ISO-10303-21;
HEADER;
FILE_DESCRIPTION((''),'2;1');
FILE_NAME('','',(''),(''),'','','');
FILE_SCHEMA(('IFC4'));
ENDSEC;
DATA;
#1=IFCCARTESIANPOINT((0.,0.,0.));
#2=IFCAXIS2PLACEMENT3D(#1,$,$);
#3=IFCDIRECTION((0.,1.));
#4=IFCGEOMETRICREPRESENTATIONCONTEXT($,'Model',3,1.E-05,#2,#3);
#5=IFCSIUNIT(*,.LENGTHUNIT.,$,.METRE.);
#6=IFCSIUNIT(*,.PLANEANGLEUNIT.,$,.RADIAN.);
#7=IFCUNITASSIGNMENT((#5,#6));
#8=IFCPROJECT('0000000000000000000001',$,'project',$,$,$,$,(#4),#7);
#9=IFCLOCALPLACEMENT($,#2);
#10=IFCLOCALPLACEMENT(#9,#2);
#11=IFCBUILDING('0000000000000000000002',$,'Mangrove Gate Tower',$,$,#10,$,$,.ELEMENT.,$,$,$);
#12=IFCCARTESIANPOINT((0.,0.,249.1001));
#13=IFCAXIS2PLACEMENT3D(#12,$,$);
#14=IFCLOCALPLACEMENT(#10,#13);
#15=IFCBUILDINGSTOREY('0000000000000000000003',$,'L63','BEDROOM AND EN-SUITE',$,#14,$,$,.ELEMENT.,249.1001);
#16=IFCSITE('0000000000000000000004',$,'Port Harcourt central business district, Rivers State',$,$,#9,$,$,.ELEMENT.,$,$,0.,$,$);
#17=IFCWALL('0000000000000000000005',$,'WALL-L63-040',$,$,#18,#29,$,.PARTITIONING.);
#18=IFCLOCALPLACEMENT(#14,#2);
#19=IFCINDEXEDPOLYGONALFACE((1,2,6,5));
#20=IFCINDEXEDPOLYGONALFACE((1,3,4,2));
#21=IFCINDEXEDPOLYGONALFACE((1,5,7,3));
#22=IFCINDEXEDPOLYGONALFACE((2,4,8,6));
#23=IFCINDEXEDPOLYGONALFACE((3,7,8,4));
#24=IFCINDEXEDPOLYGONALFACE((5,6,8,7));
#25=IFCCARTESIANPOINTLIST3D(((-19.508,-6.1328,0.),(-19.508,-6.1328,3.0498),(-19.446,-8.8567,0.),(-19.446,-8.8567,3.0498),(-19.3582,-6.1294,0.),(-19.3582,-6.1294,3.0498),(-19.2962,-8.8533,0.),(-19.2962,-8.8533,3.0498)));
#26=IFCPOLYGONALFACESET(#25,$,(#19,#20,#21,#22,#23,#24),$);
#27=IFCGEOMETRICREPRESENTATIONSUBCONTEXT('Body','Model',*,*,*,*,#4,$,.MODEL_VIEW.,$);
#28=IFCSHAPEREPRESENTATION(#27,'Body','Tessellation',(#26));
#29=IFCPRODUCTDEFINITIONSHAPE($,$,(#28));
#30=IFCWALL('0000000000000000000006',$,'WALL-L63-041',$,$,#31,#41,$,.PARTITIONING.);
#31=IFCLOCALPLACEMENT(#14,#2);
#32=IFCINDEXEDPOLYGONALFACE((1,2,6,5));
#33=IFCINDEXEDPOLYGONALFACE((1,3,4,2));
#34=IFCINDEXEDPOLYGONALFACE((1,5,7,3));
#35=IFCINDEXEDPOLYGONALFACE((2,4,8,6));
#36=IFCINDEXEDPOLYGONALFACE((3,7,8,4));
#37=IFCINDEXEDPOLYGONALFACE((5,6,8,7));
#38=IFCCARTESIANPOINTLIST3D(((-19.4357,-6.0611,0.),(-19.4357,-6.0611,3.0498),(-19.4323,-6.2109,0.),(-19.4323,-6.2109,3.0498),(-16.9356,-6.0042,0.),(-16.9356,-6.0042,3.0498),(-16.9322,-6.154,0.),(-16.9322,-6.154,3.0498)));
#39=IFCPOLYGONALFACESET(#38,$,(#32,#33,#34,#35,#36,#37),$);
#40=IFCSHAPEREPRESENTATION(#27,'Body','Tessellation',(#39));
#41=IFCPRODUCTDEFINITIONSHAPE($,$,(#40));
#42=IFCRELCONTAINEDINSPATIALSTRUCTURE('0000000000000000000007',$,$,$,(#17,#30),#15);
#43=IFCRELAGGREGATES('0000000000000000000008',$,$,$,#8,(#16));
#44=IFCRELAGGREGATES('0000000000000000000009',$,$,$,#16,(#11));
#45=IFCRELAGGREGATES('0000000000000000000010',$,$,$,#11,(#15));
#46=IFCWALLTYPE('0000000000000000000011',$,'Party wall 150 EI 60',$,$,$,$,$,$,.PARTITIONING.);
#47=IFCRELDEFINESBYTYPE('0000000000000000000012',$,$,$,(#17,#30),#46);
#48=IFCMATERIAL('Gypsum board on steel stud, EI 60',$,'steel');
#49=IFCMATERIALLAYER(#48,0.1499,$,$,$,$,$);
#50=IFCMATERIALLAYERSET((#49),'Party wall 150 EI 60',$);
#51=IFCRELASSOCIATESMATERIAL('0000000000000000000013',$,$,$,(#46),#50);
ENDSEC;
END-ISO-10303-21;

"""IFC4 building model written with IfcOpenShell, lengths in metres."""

from ifc_helpers import new_model, si_unit, direction, frame, frame_2d, origin, place, context, subcontext, project, spatial, rectangle, extrude, material, layer, layer_set, type_object, element, save


model = new_model("IFC4")

# Units and contexts
model_context = context("Model", 3, precision=1e-05, world=origin(), true_north=direction((0.0, 1.0)))
body_context = subcontext(model_context, "Body", "Model", "MODEL_VIEW")
ifc_project = project(units=[si_unit("LENGTHUNIT", "METRE"), si_unit("PLANEANGLEUNIT", "RADIAN")], contexts=[model_context])

# Site, building, storey
site_placement = place(None, origin())
site = spatial("IfcSite", under=ifc_project, at=site_placement, Name="Port Harcourt central business district, Rivers State", CompositionType="ELEMENT", RefElevation=0.0)
building_placement = place(site_placement, origin())
building = spatial("IfcBuilding", under=site, at=building_placement, Name="Mangrove Gate Tower", CompositionType="ELEMENT")
storey_placement = place(building_placement, frame((0.0, 0.0, 249.1001)))
storey = spatial("IfcBuildingStorey", under=building, at=storey_placement, Name="L63", Description="BEDROOM AND EN-SUITE", CompositionType="ELEMENT", Elevation=249.1001)

# Walls
ifc_material_1 = material(Name="Gypsum board on steel stud, EI 60", Category="steel")
ifc_layer_1 = layer(ifc_material_1, 0.1499)
ifc_layer_set_1 = layer_set([ifc_layer_1], Name="Party wall 150 EI 60")
wall_type_1 = type_object("IfcWallType", Name="Party wall 150 EI 60", PredefinedType="PARTITIONING", material=ifc_layer_set_1)
wall_1_placement = place(storey_placement, frame((-19.3711, -8.855, 0.0), z_axis=(0.0, 0.0, 1.0), x_axis=(-0.02276, 0.999741, 0.0)))
element("IfcWall", 1, at=wall_1_placement, inside=storey, type_object=wall_type_1, Name="WALL-L63-040", PredefinedType="PARTITIONING", context=body_context, shape_type="SweptSolid", body=[
    extrude(rectangle(XDim=2.7246, YDim=0.1499, at=frame_2d((1.3623, 0.0))), origin(), (0.0, 0.0, 1.0), 3.0498),
])
wall_2_placement = place(storey_placement, frame((-19.4341, -6.136, 0.0), z_axis=(0.0, 0.0, 1.0), x_axis=(0.999741, 0.022748, 0.0)))
element("IfcWall", 2, at=wall_2_placement, inside=storey, type_object=wall_type_1, Name="WALL-L63-041", PredefinedType="PARTITIONING", context=body_context, shape_type="SweptSolid", body=[
    extrude(rectangle(XDim=2.5007, YDim=0.1499, at=frame_2d((1.2505, 0.0))), origin(), (0.0, 0.0, 1.0), 3.0498),
])

save(model, "model.ifc")
